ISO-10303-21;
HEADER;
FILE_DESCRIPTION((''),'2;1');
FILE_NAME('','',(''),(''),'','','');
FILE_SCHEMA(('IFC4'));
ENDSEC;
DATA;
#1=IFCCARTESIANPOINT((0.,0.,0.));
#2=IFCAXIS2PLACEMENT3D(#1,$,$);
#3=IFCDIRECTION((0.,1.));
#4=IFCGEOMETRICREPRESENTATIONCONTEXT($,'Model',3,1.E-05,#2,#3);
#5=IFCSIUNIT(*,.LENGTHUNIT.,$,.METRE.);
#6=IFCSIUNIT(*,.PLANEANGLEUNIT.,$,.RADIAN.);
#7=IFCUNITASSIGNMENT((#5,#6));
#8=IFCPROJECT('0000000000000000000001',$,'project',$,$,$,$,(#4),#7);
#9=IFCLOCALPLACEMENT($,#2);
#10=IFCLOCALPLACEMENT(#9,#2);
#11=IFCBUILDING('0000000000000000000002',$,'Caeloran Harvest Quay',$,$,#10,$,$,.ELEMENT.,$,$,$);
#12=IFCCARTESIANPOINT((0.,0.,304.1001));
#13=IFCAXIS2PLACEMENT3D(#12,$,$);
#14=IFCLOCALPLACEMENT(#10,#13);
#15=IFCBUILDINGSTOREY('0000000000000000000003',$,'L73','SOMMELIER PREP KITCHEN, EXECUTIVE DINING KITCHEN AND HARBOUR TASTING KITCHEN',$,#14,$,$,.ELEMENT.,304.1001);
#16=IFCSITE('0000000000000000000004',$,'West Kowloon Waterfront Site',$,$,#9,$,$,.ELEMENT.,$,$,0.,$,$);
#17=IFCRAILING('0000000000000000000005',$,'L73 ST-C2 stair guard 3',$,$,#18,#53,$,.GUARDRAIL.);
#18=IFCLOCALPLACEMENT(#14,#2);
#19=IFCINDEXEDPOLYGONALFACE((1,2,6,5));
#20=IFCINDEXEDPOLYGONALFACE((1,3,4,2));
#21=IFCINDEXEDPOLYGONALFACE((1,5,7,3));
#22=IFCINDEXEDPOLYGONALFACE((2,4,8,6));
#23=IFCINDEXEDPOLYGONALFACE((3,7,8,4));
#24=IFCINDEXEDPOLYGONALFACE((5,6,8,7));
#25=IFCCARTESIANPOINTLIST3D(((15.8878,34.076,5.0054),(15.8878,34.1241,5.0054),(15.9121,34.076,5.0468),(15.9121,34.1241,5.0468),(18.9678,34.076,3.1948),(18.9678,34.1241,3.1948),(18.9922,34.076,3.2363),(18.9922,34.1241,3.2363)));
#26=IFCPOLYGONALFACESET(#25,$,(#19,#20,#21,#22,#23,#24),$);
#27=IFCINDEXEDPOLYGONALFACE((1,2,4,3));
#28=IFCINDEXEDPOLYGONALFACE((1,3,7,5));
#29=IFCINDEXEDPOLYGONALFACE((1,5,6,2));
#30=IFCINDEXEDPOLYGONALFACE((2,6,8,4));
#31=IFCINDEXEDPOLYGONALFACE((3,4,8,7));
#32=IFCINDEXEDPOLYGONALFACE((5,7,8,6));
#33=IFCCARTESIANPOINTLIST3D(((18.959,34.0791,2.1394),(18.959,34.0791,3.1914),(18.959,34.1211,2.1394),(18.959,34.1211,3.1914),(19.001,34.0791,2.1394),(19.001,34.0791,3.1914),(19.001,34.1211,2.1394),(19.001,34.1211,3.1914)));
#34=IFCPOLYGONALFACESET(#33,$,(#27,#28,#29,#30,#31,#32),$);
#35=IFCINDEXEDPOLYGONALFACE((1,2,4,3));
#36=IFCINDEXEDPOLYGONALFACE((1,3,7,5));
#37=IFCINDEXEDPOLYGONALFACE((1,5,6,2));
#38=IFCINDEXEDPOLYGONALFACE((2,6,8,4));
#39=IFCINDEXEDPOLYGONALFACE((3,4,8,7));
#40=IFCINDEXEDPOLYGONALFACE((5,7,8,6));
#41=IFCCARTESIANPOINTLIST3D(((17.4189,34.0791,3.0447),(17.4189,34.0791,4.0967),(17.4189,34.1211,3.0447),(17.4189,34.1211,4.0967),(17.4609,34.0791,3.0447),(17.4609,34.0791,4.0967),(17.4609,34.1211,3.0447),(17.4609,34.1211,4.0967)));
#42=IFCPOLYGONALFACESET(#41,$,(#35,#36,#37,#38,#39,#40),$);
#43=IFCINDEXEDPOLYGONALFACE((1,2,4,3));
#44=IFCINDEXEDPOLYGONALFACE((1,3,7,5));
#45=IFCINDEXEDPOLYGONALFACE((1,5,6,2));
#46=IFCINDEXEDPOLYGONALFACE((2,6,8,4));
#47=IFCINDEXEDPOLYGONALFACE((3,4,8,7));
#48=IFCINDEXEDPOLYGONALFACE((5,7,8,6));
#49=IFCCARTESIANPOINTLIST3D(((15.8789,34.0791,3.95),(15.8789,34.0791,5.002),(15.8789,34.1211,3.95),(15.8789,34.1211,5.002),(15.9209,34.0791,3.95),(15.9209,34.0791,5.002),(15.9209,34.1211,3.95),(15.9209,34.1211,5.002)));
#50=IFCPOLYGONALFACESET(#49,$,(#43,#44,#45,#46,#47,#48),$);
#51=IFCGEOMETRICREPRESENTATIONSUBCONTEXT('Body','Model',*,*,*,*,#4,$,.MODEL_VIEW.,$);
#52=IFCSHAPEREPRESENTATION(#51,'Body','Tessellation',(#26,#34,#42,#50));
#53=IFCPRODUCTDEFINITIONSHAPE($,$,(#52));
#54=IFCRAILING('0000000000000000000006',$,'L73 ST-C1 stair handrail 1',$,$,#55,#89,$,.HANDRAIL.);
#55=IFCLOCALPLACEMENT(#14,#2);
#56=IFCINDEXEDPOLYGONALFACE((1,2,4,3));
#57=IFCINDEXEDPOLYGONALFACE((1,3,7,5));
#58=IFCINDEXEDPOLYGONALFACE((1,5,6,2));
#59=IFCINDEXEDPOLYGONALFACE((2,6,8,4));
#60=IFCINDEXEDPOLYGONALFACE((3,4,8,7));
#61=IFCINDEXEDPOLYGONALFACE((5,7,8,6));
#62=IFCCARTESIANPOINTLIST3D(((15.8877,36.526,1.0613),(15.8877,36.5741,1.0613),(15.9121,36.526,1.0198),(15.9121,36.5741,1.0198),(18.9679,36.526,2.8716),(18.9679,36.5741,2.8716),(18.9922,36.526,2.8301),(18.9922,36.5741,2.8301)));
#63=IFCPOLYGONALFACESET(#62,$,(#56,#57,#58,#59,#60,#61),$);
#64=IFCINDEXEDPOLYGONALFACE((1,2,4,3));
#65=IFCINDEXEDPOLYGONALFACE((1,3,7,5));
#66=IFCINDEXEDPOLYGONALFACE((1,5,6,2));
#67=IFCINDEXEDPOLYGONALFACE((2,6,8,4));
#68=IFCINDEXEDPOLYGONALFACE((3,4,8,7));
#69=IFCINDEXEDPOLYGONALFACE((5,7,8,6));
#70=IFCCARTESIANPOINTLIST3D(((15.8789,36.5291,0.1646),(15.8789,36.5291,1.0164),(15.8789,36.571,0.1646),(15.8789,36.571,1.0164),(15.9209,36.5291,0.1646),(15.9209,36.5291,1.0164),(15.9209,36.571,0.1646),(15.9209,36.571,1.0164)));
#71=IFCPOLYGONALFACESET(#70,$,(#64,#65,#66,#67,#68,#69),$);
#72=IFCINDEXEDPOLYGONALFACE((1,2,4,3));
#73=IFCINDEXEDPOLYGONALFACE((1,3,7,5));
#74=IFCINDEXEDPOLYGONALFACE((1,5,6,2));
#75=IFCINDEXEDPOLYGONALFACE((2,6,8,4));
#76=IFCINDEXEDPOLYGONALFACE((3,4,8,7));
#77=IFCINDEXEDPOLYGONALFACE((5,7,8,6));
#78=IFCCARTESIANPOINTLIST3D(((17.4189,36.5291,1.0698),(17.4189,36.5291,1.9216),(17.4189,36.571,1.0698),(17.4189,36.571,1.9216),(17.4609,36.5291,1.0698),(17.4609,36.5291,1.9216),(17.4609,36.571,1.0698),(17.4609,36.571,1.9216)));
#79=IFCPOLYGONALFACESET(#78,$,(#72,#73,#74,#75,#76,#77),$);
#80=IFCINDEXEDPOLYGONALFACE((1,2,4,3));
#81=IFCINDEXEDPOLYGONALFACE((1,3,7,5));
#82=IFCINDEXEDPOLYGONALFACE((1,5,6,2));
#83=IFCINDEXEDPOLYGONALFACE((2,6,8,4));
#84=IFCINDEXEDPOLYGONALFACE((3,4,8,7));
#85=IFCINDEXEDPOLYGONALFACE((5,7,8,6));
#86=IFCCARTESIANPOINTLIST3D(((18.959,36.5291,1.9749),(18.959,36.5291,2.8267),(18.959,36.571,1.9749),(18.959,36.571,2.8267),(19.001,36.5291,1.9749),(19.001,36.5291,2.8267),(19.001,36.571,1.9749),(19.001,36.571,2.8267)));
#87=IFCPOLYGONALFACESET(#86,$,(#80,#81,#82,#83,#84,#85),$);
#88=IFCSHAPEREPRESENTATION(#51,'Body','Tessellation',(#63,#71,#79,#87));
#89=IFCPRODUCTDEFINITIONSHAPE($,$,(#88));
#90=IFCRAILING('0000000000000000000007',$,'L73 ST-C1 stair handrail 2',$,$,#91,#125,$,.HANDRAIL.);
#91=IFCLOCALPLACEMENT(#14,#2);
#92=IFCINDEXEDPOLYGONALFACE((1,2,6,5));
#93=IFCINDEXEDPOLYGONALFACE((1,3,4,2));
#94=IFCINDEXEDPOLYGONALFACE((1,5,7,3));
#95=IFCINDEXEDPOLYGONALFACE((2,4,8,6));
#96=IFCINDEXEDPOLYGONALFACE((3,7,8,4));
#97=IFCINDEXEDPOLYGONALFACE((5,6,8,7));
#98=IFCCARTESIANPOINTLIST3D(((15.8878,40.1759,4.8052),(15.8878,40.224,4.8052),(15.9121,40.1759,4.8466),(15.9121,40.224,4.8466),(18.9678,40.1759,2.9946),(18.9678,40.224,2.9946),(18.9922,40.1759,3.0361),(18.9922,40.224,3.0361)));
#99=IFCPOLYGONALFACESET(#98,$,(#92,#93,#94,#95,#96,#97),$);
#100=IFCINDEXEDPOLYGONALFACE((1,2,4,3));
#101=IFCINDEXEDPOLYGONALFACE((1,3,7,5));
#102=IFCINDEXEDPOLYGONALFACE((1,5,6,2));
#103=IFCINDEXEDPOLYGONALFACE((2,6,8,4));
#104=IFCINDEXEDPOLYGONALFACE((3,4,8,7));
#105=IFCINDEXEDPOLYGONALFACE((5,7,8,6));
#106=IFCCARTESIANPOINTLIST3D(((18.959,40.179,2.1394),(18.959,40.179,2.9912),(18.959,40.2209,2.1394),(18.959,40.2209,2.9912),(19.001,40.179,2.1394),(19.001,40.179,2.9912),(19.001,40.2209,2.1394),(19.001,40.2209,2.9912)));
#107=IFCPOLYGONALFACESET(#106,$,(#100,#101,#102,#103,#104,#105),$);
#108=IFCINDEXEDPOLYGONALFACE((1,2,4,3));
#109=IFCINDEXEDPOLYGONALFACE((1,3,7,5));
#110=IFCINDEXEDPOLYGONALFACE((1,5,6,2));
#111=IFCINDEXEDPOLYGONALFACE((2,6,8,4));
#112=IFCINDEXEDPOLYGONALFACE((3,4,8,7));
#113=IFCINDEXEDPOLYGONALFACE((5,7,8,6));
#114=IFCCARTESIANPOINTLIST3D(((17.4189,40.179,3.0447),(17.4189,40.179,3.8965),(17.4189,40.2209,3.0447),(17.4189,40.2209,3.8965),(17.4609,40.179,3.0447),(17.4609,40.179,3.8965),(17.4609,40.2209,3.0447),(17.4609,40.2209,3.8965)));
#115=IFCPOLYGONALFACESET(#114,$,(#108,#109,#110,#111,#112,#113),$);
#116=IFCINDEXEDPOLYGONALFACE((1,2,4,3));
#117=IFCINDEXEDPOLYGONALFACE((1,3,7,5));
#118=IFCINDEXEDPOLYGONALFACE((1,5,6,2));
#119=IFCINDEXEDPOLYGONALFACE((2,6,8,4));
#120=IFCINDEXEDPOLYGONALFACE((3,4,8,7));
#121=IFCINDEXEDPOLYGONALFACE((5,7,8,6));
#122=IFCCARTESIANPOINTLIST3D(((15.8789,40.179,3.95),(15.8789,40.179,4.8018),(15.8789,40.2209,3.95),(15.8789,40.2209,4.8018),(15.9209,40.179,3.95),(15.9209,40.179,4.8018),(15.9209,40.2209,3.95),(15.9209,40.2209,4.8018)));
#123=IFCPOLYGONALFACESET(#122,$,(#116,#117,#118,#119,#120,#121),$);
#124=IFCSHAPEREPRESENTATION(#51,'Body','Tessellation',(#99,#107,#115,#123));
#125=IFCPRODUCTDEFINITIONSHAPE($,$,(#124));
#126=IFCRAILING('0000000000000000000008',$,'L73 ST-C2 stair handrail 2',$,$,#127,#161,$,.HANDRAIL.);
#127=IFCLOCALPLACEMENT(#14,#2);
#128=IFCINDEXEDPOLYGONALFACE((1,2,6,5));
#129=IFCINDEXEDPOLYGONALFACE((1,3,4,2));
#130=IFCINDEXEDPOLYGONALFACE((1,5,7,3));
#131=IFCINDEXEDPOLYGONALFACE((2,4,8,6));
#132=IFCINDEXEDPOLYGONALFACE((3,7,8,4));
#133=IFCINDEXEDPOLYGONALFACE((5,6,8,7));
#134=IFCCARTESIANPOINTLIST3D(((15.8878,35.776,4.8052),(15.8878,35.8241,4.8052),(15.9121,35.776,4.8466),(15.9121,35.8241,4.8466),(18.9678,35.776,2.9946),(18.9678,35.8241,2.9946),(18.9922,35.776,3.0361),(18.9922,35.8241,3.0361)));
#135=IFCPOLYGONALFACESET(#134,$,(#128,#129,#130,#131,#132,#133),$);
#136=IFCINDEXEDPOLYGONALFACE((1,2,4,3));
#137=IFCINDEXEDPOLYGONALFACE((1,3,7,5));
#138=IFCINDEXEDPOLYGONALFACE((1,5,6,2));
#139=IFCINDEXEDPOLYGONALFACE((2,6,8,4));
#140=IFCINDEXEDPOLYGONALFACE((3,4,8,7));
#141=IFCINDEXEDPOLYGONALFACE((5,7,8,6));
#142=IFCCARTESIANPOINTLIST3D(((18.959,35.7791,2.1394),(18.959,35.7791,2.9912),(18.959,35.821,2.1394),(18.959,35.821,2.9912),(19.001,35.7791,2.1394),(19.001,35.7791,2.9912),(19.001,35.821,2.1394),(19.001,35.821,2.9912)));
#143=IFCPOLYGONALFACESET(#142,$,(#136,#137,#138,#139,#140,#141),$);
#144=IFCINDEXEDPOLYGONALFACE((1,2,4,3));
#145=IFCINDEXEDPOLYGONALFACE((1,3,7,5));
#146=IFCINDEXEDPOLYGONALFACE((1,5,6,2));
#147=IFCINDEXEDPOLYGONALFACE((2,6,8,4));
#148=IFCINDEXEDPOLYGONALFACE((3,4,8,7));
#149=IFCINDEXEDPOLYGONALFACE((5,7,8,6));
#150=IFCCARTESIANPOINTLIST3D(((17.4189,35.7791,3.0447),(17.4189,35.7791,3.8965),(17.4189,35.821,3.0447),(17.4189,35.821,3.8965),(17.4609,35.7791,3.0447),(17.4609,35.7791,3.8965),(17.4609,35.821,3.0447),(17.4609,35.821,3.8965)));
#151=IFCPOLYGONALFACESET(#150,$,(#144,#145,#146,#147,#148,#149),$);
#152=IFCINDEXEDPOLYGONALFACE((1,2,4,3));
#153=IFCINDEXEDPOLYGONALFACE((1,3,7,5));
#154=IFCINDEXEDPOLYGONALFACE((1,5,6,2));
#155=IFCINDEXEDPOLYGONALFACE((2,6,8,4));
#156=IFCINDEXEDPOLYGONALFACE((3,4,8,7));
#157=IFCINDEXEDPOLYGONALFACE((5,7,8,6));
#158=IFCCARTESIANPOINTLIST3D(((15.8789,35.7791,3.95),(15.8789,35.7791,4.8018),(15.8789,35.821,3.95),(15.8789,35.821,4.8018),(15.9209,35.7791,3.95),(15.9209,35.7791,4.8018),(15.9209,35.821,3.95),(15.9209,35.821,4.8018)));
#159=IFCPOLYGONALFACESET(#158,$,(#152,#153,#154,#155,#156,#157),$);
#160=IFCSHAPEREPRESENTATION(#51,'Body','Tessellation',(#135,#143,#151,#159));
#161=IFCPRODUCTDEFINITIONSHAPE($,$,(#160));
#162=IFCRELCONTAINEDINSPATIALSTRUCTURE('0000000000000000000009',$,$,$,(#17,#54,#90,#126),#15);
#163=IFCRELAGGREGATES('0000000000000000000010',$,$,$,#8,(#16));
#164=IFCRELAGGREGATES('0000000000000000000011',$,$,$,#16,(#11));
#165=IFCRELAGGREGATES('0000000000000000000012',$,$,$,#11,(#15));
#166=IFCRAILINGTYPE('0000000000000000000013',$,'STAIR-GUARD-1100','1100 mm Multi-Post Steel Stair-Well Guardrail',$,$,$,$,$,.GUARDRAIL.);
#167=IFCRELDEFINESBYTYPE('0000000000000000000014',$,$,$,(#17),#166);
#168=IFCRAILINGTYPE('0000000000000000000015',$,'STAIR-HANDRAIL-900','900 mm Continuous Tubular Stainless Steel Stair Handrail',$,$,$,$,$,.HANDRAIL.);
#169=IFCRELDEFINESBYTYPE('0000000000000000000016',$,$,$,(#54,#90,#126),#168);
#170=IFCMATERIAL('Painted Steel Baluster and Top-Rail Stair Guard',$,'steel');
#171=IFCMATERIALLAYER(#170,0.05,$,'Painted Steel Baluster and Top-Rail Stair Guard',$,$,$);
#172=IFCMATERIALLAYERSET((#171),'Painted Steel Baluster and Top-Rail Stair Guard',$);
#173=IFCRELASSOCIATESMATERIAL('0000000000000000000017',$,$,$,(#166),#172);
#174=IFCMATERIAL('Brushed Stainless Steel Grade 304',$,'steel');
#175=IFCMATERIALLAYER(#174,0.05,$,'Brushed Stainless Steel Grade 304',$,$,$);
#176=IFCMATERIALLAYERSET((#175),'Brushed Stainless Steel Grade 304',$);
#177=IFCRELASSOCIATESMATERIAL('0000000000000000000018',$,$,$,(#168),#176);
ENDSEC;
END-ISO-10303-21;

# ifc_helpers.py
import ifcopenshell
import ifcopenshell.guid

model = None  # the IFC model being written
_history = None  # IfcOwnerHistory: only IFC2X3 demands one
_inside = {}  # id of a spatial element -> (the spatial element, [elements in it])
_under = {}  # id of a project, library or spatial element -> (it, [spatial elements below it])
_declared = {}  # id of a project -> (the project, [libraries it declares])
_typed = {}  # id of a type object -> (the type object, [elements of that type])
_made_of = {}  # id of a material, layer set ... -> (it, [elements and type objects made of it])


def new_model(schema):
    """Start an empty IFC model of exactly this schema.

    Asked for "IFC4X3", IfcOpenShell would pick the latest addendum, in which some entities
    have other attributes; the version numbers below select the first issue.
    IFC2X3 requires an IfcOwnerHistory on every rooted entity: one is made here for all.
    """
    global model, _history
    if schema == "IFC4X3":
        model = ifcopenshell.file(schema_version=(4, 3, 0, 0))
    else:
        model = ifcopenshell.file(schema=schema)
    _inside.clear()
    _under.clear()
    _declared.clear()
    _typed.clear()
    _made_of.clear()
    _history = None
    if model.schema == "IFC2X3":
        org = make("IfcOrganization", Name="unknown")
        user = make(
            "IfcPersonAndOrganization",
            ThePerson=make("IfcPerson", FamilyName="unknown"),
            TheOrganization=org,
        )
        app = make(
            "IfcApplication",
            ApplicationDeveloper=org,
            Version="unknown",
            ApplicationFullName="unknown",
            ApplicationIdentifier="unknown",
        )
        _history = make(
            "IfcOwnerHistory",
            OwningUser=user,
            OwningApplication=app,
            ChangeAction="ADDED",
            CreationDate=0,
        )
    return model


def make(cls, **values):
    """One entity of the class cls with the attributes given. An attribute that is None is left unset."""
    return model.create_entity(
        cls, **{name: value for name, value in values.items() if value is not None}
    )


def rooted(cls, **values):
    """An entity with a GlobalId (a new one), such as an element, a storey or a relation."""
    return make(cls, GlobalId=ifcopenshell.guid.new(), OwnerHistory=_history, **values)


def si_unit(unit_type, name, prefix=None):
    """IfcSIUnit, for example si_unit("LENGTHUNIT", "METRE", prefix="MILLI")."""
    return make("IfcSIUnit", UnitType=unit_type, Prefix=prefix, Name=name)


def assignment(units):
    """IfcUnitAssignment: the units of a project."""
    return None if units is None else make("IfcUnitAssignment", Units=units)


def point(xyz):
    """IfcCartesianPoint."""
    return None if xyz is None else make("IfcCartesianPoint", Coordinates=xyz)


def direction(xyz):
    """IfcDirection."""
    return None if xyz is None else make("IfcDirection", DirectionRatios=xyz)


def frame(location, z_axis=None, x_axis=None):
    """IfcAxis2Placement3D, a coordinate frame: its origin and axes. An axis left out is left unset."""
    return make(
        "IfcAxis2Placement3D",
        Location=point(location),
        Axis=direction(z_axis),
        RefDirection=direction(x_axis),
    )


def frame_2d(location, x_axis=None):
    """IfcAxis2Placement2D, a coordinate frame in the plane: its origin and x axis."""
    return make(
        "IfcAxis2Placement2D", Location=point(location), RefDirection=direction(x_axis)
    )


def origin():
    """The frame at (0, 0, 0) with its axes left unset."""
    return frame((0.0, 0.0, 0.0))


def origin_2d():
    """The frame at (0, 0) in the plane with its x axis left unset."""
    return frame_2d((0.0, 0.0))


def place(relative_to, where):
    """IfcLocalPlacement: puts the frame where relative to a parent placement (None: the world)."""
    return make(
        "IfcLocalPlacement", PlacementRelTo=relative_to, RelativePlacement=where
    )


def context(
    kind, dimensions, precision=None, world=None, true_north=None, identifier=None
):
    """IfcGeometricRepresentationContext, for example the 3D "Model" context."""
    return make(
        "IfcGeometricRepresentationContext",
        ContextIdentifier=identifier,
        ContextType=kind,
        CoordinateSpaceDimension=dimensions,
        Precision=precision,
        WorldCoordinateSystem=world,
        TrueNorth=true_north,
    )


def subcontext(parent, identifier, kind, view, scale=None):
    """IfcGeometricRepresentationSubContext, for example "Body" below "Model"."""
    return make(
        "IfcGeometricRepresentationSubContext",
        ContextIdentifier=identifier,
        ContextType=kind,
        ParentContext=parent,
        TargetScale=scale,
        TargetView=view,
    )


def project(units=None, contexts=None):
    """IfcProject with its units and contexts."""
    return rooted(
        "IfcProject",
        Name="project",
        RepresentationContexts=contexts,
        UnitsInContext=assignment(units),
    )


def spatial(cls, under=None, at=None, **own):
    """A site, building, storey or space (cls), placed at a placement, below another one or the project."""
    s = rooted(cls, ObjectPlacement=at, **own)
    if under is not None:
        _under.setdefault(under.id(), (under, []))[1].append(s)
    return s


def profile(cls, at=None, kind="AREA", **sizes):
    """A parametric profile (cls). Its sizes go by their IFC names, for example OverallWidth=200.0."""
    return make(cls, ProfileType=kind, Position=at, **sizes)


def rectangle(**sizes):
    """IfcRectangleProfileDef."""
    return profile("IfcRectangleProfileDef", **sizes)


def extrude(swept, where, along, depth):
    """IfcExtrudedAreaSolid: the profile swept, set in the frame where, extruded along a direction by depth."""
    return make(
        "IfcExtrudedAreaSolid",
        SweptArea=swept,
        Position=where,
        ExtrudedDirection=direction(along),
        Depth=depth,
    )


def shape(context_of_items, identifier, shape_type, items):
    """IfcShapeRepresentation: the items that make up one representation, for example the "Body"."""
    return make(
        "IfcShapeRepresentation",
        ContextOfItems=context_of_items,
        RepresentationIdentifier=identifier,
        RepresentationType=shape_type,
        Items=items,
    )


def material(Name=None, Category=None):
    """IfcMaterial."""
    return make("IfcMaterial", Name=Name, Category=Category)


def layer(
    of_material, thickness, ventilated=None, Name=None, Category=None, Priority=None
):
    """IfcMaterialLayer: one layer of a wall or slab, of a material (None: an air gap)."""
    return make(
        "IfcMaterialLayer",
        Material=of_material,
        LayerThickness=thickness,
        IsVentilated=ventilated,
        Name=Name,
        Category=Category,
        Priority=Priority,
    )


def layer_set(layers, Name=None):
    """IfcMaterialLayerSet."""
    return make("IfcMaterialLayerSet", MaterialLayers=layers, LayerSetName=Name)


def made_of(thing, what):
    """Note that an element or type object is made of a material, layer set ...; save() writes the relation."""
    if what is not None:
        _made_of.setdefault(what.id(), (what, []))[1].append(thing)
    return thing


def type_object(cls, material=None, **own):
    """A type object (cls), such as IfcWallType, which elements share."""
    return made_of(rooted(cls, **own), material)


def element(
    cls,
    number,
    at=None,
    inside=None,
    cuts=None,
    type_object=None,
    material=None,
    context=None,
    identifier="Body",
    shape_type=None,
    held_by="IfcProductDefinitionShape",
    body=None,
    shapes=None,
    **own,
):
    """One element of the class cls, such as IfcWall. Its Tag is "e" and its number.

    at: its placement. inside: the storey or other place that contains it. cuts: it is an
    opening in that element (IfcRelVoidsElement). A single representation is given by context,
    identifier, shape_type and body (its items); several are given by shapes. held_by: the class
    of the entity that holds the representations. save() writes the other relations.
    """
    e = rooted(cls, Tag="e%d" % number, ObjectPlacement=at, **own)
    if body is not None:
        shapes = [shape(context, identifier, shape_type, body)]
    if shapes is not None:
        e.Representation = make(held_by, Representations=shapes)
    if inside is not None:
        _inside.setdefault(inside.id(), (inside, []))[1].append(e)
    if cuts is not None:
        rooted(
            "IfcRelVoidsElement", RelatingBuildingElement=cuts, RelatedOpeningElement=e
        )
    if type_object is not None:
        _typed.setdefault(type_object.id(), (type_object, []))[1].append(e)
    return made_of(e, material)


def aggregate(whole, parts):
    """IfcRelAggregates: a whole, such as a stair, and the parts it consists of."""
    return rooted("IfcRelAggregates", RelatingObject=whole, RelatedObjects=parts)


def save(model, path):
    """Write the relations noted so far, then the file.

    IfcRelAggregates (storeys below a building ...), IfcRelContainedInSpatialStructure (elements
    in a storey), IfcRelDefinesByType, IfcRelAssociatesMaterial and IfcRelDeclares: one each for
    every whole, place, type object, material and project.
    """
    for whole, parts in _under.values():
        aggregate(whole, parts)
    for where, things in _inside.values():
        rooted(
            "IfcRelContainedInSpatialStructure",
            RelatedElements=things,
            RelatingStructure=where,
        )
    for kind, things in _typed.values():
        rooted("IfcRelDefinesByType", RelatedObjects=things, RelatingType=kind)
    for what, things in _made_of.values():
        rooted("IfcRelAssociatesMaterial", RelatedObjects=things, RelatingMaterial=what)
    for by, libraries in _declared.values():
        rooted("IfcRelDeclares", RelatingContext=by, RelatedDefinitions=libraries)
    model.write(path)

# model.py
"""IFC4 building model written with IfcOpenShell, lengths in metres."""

from ifc_helpers import new_model, si_unit, direction, frame, origin, origin_2d, place, context, subcontext, project, spatial, rectangle, extrude, material, layer, layer_set, type_object, element, save


model = new_model("IFC4")

# Units and contexts
model_context = context("Model", 3, precision=1e-05, world=origin(), true_north=direction((0.0, 1.0)))
body_context = subcontext(model_context, "Body", "Model", "MODEL_VIEW")
ifc_project = project(units=[si_unit("LENGTHUNIT", "METRE"), si_unit("PLANEANGLEUNIT", "RADIAN")], contexts=[model_context])

# Site, building, storey
site_placement = place(None, origin())
site = spatial("IfcSite", under=ifc_project, at=site_placement, Name="West Kowloon Waterfront Site", CompositionType="ELEMENT", RefElevation=0.0)
building_placement = place(site_placement, origin())
building = spatial("IfcBuilding", under=site, at=building_placement, Name="Caeloran Harvest Quay", CompositionType="ELEMENT")
storey_placement = place(building_placement, frame((0.0, 0.0, 304.1001)))
storey = spatial("IfcBuildingStorey", under=building, at=storey_placement, Name="L73", Description="SOMMELIER PREP KITCHEN, EXECUTIVE DINING KITCHEN AND HARBOUR TASTING KITCHEN", CompositionType="ELEMENT", Elevation=304.1001)

# Railings
ifc_material_1 = material(Name="Painted Steel Baluster and Top-Rail Stair Guard", Category="steel")
ifc_layer_1 = layer(ifc_material_1, 0.05, Name="Painted Steel Baluster and Top-Rail Stair Guard")
ifc_layer_set_1 = layer_set([ifc_layer_1], Name="Painted Steel Baluster and Top-Rail Stair Guard")
railing_type_1 = type_object("IfcRailingType", Name="STAIR-GUARD-1100", Description="1100 mm Multi-Post Steel Stair-Well Guardrail", PredefinedType="GUARDRAIL", material=ifc_layer_set_1)
railing_1_placement = place(storey_placement, frame((18.98, 34.1001, 2.1394)))
element("IfcRailing", 1, at=railing_1_placement, inside=storey, type_object=railing_type_1, Name="L73 ST-C2 stair guard 3", PredefinedType="GUARDRAIL", context=body_context, shape_type="SweptSolid", body=[
    extrude(rectangle(XDim=0.0481, YDim=0.0481, at=origin_2d()), frame((0.0, 0.0, 1.0762), z_axis=(-0.862089, 0.0, 0.506757), x_axis=(0.0, -1.0, 0.0)), (0.0, 0.0, 1.0), 3.5728),
    extrude(rectangle(XDim=0.042, YDim=0.042, at=origin_2d()), origin(), (0.0, 0.0, 1.0), 1.052),
    extrude(rectangle(XDim=0.042, YDim=0.042, at=origin_2d()), frame((-1.54, 0.0, 0.9053)), (0.0, 0.0, 1.0), 1.052),
    extrude(rectangle(XDim=0.042, YDim=0.042, at=origin_2d()), frame((-3.0801, 0.0, 1.8105)), (0.0, 0.0, 1.0), 1.052),
])
ifc_material_2 = material(Name="Brushed Stainless Steel Grade 304", Category="steel")
ifc_layer_2 = layer(ifc_material_2, 0.05, Name="Brushed Stainless Steel Grade 304")
ifc_layer_set_2 = layer_set([ifc_layer_2], Name="Brushed Stainless Steel Grade 304")
railing_type_2 = type_object("IfcRailingType", Name="STAIR-HANDRAIL-900", Description="900 mm Continuous Tubular Stainless Steel Stair Handrail", PredefinedType="HANDRAIL", material=ifc_layer_set_2)
railing_2_placement = place(storey_placement, frame((15.8999, 36.55, 0.1646)))
element("IfcRailing", 2, at=railing_2_placement, inside=storey, type_object=railing_type_2, Name="L73 ST-C1 stair handrail 1", PredefinedType="HANDRAIL", context=body_context, shape_type="SweptSolid", body=[
    extrude(rectangle(XDim=0.0481, YDim=0.0481, at=origin_2d()), frame((0.0, 0.0, 0.876), z_axis=(0.862119, 0.0, 0.506707), x_axis=(0.0, 1.0, 0.0)), (0.0, 0.0, 1.0), 3.5728),
    extrude(rectangle(XDim=0.042, YDim=0.042, at=origin_2d()), origin(), (0.0, 0.0, 1.0), 0.8518),
    extrude(rectangle(XDim=0.042, YDim=0.042, at=origin_2d()), frame((1.54, 0.0, 0.9053)), (0.0, 0.0, 1.0), 0.8518),
    extrude(rectangle(XDim=0.042, YDim=0.042, at=origin_2d()), frame((3.0801, 0.0, 1.8103)), (0.0, 0.0, 1.0), 0.8518),
])
for number, where, name in (
    (3, (18.98, 40.2, 2.1394), "L73 ST-C1 stair handrail 2"),
    (4, (18.98, 35.8, 2.1394), "L73 ST-C2 stair handrail 2"),
):
    element("IfcRailing", number, at=place(storey_placement, frame(where)), inside=storey, type_object=railing_type_2, Name=name, PredefinedType="HANDRAIL", context=body_context, shape_type="SweptSolid", body=[
        extrude(rectangle(XDim=0.0481, YDim=0.0481, at=origin_2d()), frame((0.0, 0.0, 0.876), z_axis=(-0.862089, 0.0, 0.506757), x_axis=(0.0, -1.0, 0.0)), (0.0, 0.0, 1.0), 3.5728),
        extrude(rectangle(XDim=0.042, YDim=0.042, at=origin_2d()), origin(), (0.0, 0.0, 1.0), 0.8518),
        extrude(rectangle(XDim=0.042, YDim=0.042, at=origin_2d()), frame((-1.54, 0.0, 0.9053)), (0.0, 0.0, 1.0), 0.8518),
        extrude(rectangle(XDim=0.042, YDim=0.042, at=origin_2d()), frame((-3.0801, 0.0, 1.8105)), (0.0, 0.0, 1.0), 0.8518),
    ])

save(model, "model.ifc")
